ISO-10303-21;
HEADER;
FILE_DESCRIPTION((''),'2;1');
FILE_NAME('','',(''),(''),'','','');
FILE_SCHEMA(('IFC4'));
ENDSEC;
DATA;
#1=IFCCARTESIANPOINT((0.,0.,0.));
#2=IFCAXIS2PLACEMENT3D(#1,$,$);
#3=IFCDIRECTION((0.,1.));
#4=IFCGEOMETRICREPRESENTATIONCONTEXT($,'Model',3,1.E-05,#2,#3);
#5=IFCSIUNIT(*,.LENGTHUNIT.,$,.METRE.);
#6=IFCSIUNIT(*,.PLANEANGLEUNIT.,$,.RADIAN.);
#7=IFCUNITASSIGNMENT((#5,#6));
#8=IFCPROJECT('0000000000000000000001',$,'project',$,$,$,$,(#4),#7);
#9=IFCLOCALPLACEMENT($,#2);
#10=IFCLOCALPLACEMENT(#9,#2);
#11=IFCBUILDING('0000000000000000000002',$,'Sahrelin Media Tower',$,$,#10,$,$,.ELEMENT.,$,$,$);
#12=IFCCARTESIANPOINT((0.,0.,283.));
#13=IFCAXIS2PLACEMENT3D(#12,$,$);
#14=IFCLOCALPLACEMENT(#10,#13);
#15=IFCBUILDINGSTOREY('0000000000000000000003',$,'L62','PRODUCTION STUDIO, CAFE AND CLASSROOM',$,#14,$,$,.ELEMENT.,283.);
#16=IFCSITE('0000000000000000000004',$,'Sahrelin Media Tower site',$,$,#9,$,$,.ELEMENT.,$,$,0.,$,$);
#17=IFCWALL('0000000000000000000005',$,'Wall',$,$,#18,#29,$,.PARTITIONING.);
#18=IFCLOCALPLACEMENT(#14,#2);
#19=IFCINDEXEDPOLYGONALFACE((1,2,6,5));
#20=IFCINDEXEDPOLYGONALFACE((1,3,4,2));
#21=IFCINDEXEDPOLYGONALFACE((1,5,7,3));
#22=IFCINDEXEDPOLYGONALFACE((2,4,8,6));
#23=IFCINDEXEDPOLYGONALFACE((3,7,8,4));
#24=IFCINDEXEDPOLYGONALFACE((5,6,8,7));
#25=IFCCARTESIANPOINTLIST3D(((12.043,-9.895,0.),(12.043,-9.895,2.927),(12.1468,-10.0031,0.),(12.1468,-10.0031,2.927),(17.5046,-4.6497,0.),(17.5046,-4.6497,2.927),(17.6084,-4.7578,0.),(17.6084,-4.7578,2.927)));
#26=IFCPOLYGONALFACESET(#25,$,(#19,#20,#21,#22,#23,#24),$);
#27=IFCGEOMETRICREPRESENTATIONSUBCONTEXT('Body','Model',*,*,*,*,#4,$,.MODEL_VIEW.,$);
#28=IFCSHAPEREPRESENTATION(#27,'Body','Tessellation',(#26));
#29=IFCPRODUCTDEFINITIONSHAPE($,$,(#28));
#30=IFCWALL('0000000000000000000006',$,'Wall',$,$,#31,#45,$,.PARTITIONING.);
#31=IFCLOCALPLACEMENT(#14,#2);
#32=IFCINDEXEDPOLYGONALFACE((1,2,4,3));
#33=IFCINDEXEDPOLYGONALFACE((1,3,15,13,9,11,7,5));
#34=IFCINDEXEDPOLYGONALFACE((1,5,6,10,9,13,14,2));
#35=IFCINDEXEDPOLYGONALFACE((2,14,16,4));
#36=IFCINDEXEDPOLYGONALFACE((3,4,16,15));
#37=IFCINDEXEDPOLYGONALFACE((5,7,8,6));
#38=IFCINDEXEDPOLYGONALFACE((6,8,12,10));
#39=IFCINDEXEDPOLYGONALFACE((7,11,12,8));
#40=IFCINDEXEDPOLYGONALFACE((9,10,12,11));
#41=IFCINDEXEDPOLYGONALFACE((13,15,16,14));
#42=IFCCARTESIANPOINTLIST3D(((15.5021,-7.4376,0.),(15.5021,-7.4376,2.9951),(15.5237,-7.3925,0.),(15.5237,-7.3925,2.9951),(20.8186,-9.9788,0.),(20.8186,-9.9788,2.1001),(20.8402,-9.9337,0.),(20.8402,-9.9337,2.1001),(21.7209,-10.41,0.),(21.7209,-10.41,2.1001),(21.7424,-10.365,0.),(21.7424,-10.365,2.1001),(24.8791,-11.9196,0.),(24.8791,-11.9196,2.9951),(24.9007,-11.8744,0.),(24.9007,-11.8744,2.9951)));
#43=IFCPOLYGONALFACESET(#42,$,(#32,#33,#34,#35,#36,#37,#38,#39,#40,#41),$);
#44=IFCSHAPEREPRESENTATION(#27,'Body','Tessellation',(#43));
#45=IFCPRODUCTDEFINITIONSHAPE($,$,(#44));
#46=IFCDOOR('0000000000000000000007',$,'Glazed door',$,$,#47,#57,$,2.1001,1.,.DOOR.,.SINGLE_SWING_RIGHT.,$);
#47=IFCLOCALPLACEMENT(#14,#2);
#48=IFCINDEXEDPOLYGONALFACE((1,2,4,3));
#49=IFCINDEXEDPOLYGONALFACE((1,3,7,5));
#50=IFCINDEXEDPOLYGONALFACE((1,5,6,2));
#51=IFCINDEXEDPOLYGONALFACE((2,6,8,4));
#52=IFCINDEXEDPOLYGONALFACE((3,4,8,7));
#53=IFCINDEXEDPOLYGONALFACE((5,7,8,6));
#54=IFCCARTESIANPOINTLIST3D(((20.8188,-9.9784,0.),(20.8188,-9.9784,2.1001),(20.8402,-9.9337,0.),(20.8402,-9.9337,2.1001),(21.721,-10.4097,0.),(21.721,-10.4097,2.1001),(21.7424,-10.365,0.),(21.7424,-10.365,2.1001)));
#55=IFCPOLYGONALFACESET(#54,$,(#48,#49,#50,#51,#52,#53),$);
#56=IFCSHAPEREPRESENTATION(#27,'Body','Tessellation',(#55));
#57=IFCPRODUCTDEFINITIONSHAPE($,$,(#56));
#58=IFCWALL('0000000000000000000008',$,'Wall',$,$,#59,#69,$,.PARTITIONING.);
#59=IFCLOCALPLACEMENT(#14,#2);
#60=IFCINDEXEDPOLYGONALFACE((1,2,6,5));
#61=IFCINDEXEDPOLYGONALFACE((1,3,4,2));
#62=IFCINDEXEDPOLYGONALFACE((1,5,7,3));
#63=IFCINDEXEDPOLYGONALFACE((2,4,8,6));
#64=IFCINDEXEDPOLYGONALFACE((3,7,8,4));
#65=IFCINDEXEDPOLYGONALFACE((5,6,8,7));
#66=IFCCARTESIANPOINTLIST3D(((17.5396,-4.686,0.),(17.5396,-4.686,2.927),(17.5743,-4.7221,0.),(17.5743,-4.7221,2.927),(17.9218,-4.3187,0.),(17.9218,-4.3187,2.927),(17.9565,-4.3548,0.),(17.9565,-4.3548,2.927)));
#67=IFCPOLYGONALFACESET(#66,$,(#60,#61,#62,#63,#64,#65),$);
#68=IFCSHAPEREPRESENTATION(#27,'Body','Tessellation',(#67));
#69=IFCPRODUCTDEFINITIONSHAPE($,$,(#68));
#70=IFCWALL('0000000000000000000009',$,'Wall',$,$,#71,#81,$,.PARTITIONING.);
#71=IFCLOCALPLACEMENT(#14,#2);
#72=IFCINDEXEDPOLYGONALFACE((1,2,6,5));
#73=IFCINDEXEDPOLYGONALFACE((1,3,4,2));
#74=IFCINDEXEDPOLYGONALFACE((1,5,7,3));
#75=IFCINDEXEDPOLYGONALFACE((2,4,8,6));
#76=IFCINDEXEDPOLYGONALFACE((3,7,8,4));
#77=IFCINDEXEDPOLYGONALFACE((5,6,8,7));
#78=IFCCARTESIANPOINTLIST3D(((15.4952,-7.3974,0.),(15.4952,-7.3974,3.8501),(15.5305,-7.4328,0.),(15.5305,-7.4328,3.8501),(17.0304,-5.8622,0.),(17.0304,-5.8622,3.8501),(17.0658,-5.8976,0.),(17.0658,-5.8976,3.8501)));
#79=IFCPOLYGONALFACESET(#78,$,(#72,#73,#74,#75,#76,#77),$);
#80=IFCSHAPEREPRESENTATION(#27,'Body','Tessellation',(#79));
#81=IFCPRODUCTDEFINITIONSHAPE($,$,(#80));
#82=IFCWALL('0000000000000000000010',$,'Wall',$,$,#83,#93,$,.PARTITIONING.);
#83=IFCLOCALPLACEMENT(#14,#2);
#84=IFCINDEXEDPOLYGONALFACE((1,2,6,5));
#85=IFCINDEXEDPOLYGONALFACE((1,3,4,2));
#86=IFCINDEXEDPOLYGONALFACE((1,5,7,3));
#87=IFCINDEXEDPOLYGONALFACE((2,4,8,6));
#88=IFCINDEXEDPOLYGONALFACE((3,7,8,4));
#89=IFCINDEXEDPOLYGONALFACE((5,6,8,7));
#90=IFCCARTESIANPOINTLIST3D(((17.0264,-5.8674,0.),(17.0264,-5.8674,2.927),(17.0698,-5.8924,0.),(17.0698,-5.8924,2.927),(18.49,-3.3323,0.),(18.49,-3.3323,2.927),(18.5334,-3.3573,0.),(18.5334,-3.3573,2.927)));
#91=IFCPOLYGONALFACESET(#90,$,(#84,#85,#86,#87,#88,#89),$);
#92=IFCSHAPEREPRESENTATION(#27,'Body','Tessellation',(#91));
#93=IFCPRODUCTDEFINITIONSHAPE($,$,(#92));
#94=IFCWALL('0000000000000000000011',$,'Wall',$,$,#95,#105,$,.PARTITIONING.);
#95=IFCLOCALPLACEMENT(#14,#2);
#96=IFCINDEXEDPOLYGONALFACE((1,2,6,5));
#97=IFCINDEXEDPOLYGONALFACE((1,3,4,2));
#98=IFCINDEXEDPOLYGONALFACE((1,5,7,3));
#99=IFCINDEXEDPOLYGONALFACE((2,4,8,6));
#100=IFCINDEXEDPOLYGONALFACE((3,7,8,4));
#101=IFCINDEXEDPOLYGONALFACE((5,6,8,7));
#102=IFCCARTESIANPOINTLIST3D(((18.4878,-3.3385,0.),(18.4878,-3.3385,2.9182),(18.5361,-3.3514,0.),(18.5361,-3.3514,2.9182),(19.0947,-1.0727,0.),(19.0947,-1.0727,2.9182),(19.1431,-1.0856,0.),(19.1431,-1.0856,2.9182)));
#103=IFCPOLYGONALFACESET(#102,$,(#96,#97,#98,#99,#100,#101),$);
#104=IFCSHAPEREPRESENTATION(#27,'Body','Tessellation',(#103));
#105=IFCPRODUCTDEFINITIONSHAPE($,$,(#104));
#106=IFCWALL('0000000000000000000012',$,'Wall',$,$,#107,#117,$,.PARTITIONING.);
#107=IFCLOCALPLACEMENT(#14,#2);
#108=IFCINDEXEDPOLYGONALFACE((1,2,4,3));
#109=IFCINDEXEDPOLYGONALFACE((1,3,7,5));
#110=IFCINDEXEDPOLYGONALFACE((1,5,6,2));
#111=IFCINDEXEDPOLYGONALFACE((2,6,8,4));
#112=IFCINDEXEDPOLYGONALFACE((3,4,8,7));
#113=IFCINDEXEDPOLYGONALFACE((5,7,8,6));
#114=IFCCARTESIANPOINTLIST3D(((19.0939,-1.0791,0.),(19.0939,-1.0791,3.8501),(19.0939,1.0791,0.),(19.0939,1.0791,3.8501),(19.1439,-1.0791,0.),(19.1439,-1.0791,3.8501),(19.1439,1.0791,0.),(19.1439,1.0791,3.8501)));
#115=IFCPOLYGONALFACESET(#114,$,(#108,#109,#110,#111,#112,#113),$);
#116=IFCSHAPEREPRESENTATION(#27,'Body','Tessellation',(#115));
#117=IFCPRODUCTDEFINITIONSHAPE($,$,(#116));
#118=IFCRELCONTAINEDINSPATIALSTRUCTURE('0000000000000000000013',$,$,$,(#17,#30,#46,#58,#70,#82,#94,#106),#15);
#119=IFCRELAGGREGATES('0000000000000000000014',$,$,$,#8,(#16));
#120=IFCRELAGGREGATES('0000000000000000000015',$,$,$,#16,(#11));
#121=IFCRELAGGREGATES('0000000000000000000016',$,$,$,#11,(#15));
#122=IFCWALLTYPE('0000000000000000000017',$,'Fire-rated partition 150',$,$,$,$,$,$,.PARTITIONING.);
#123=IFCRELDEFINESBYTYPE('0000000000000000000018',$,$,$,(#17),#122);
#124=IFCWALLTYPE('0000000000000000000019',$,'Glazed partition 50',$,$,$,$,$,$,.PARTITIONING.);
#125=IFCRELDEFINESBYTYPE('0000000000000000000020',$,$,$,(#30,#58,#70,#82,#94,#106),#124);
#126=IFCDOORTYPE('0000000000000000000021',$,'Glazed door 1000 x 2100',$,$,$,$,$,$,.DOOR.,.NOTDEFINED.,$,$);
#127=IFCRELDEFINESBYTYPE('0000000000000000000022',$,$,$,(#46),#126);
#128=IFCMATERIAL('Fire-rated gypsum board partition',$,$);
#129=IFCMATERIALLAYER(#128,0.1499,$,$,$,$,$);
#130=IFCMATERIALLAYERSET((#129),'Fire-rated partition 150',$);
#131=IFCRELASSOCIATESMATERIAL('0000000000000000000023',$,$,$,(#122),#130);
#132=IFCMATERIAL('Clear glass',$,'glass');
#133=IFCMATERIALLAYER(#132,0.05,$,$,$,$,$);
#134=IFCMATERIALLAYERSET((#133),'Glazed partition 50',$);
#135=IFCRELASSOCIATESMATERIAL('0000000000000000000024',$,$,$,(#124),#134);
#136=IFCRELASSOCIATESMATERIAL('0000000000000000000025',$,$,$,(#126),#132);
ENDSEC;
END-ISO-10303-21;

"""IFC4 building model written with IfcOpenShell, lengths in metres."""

from ifc_helpers import new_model, si_unit, direction, frame, frame_2d, origin, place, context, subcontext, project, spatial, rectangle, extrude, material, layer, layer_set, type_object, element, fill, save


model = new_model("IFC4")

# Units and contexts
model_context = context("Model", 3, precision=1e-05, world=origin(), true_north=direction((0.0, 1.0)))
body_context = subcontext(model_context, "Body", "Model", "MODEL_VIEW")
ifc_project = project(units=[si_unit("LENGTHUNIT", "METRE"), si_unit("PLANEANGLEUNIT", "RADIAN")], contexts=[model_context])

# Site, building, storey
site_placement = place(None, origin())
site = spatial("IfcSite", under=ifc_project, at=site_placement, Name="Sahrelin Media Tower site", CompositionType="ELEMENT", RefElevation=0.0)
building_placement = place(site_placement, origin())
building = spatial("IfcBuilding", under=site, at=building_placement, Name="Sahrelin Media Tower", CompositionType="ELEMENT")
storey_placement = place(building_placement, frame((0.0, 0.0, 283.0)))
storey = spatial("IfcBuildingStorey", under=building, at=storey_placement, Name="L62", Description="PRODUCTION STUDIO, CAFE AND CLASSROOM", CompositionType="ELEMENT", Elevation=283.0)

# Wall
ifc_material_1 = material(Name="Fire-rated gypsum board partition")
ifc_layer_1 = layer(ifc_material_1, 0.1499)
ifc_layer_set_1 = layer_set([ifc_layer_1], Name="Fire-rated partition 150")
wall_type_1 = type_object("IfcWallType", Name="Fire-rated partition 150", PredefinedType="PARTITIONING", material=ifc_layer_set_1)
wall_1_placement = place(storey_placement, frame((12.095, -9.949, 0.0), z_axis=(0.0, 0.0, 1.0), x_axis=(0.721245, 0.69268, 0.0)))
element("IfcWall", 1, at=wall_1_placement, inside=storey, type_object=wall_type_1, Name="Wall", PredefinedType="PARTITIONING", context=body_context, shape_type="SweptSolid", body=[
    extrude(rectangle(XDim=7.5725, YDim=0.1499, at=frame_2d((3.7861, 0.0))), origin(), (0.0, 0.0, 1.0), 2.927),
])

# Wall, opening, door
ifc_material_2 = material(Name="Clear glass", Category="glass")
ifc_layer_2 = layer(ifc_material_2, 0.05)
ifc_layer_set_2 = layer_set([ifc_layer_2], Name="Glazed partition 50")
wall_type_2 = type_object("IfcWallType", Name="Glazed partition 50", PredefinedType="PARTITIONING", material=ifc_layer_set_2)
wall_2_placement = place(storey_placement, frame((15.5129, -7.415, 0.0), z_axis=(0.0, 0.0, 1.0), x_axis=(0.902235, -0.431244, 0.0)))
wall_2 = element("IfcWall", 2, at=wall_2_placement, inside=storey, type_object=wall_type_2, Name="Wall", PredefinedType="PARTITIONING", context=body_context, shape_type="SweptSolid", body=[
    extrude(rectangle(XDim=10.3931, YDim=0.05, at=frame_2d((5.1965, 0.0))), origin(), (0.0, 0.0, 1.0), 2.9951),
])
opening_placement = place(wall_2_placement, frame((5.8926, 0.0, 0.0)))
opening = element("IfcOpeningElement", 3, at=opening_placement, cuts=wall_2, PredefinedType="OPENING", context=body_context, shape_type="SweptSolid", body=[
    extrude(rectangle(XDim=1.0, YDim=2.1001, at=frame_2d((0.5, 1.05))), frame((0.0, 0.0249, 0.0), z_axis=(0.0, -1.0, 0.0), x_axis=(1.0, 0.0, 0.0)), (0.0, 0.0, 1.0), 0.05),
])
door_type = type_object("IfcDoorType", Name="Glazed door 1000 x 2100", OperationType="NOTDEFINED", PredefinedType="DOOR", material=ifc_material_2)
door_placement = place(opening_placement, origin())
door = element("IfcDoor", 4, at=door_placement, inside=storey, type_object=door_type, Name="Glazed door", OperationType="SINGLE_SWING_RIGHT", OverallHeight=2.1001, OverallWidth=1.0, PredefinedType="DOOR", context=body_context, shape_type="SweptSolid", body=[
    extrude(rectangle(XDim=1.0, YDim=2.1001, at=frame_2d((0.5, 1.05))), frame((0.0, 0.0249, 0.0), z_axis=(0.0, -1.0, 0.0), x_axis=(1.0, 0.0, 0.0)), (0.0, 0.0, 1.0), 0.0496),
])
fill(opening, door)

# Walls
wall_3_placement = place(storey_placement, frame((17.5569, -4.7041, 0.0), z_axis=(0.0, 0.0, 1.0), x_axis=(0.721019, 0.692915, 0.0)))
element("IfcWall", 5, at=wall_3_placement, inside=storey, type_object=wall_type_2, Name="Wall", PredefinedType="PARTITIONING", context=body_context, shape_type="SweptSolid", body=[
    extrude(rectangle(XDim=0.53, YDim=0.05, at=frame_2d((0.2651, 0.0))), origin(), (0.0, 0.0, 1.0), 2.927),
])
wall_4_placement = place(storey_placement, frame((15.5129, -7.415, 0.0), z_axis=(0.0, 0.0, 1.0), x_axis=(0.707107, 0.707107, 0.0)))
element("IfcWall", 6, at=wall_4_placement, inside=storey, type_object=wall_type_2, Name="Wall", PredefinedType="PARTITIONING", context=body_context, shape_type="SweptSolid", body=[
    extrude(rectangle(XDim=2.1711, YDim=0.05, at=frame_2d((1.0854, 0.0))), origin(), (0.0, 0.0, 1.0), 3.8501),
])
wall_5_placement = place(storey_placement, frame((17.0481, -5.8799, 0.0), z_axis=(0.0, 0.0, 1.0), x_axis=(0.499987, 0.866033, 0.0)))
element("IfcWall", 7, at=wall_5_placement, inside=storey, type_object=wall_type_2, Name="Wall", PredefinedType="PARTITIONING", context=body_context, shape_type="SweptSolid", body=[
    extrude(rectangle(XDim=2.9272, YDim=0.05, at=frame_2d((1.4636, 0.0))), origin(), (0.0, 0.0, 1.0), 2.927),
])
wall_6_placement = place(storey_placement, frame((18.512, -3.345, 0.0), z_axis=(0.0, 0.0, 1.0), x_axis=(0.258738, 0.965948, 0.0)))
element("IfcWall", 8, at=wall_6_placement, inside=storey, type_object=wall_type_2, Name="Wall", PredefinedType="PARTITIONING", context=body_context, shape_type="SweptSolid", body=[
    extrude(rectangle(XDim=2.3457, YDim=0.05, at=frame_2d((1.1729, 0.0))), origin(), (0.0, 0.0, 1.0), 2.9182),
])
wall_7_placement = place(storey_placement, frame((19.1189, -1.0791, 0.0), z_axis=(0.0, 0.0, 1.0), x_axis=(0.0, 1.0, 0.0)))
element("IfcWall", 9, at=wall_7_placement, inside=storey, type_object=wall_type_2, Name="Wall", PredefinedType="PARTITIONING", context=body_context, shape_type="SweptSolid", body=[
    extrude(rectangle(XDim=2.1582, YDim=0.05, at=frame_2d((1.0791, 0.0))), origin(), (0.0, 0.0, 1.0), 3.8501),
])

save(model, "model.ifc")
